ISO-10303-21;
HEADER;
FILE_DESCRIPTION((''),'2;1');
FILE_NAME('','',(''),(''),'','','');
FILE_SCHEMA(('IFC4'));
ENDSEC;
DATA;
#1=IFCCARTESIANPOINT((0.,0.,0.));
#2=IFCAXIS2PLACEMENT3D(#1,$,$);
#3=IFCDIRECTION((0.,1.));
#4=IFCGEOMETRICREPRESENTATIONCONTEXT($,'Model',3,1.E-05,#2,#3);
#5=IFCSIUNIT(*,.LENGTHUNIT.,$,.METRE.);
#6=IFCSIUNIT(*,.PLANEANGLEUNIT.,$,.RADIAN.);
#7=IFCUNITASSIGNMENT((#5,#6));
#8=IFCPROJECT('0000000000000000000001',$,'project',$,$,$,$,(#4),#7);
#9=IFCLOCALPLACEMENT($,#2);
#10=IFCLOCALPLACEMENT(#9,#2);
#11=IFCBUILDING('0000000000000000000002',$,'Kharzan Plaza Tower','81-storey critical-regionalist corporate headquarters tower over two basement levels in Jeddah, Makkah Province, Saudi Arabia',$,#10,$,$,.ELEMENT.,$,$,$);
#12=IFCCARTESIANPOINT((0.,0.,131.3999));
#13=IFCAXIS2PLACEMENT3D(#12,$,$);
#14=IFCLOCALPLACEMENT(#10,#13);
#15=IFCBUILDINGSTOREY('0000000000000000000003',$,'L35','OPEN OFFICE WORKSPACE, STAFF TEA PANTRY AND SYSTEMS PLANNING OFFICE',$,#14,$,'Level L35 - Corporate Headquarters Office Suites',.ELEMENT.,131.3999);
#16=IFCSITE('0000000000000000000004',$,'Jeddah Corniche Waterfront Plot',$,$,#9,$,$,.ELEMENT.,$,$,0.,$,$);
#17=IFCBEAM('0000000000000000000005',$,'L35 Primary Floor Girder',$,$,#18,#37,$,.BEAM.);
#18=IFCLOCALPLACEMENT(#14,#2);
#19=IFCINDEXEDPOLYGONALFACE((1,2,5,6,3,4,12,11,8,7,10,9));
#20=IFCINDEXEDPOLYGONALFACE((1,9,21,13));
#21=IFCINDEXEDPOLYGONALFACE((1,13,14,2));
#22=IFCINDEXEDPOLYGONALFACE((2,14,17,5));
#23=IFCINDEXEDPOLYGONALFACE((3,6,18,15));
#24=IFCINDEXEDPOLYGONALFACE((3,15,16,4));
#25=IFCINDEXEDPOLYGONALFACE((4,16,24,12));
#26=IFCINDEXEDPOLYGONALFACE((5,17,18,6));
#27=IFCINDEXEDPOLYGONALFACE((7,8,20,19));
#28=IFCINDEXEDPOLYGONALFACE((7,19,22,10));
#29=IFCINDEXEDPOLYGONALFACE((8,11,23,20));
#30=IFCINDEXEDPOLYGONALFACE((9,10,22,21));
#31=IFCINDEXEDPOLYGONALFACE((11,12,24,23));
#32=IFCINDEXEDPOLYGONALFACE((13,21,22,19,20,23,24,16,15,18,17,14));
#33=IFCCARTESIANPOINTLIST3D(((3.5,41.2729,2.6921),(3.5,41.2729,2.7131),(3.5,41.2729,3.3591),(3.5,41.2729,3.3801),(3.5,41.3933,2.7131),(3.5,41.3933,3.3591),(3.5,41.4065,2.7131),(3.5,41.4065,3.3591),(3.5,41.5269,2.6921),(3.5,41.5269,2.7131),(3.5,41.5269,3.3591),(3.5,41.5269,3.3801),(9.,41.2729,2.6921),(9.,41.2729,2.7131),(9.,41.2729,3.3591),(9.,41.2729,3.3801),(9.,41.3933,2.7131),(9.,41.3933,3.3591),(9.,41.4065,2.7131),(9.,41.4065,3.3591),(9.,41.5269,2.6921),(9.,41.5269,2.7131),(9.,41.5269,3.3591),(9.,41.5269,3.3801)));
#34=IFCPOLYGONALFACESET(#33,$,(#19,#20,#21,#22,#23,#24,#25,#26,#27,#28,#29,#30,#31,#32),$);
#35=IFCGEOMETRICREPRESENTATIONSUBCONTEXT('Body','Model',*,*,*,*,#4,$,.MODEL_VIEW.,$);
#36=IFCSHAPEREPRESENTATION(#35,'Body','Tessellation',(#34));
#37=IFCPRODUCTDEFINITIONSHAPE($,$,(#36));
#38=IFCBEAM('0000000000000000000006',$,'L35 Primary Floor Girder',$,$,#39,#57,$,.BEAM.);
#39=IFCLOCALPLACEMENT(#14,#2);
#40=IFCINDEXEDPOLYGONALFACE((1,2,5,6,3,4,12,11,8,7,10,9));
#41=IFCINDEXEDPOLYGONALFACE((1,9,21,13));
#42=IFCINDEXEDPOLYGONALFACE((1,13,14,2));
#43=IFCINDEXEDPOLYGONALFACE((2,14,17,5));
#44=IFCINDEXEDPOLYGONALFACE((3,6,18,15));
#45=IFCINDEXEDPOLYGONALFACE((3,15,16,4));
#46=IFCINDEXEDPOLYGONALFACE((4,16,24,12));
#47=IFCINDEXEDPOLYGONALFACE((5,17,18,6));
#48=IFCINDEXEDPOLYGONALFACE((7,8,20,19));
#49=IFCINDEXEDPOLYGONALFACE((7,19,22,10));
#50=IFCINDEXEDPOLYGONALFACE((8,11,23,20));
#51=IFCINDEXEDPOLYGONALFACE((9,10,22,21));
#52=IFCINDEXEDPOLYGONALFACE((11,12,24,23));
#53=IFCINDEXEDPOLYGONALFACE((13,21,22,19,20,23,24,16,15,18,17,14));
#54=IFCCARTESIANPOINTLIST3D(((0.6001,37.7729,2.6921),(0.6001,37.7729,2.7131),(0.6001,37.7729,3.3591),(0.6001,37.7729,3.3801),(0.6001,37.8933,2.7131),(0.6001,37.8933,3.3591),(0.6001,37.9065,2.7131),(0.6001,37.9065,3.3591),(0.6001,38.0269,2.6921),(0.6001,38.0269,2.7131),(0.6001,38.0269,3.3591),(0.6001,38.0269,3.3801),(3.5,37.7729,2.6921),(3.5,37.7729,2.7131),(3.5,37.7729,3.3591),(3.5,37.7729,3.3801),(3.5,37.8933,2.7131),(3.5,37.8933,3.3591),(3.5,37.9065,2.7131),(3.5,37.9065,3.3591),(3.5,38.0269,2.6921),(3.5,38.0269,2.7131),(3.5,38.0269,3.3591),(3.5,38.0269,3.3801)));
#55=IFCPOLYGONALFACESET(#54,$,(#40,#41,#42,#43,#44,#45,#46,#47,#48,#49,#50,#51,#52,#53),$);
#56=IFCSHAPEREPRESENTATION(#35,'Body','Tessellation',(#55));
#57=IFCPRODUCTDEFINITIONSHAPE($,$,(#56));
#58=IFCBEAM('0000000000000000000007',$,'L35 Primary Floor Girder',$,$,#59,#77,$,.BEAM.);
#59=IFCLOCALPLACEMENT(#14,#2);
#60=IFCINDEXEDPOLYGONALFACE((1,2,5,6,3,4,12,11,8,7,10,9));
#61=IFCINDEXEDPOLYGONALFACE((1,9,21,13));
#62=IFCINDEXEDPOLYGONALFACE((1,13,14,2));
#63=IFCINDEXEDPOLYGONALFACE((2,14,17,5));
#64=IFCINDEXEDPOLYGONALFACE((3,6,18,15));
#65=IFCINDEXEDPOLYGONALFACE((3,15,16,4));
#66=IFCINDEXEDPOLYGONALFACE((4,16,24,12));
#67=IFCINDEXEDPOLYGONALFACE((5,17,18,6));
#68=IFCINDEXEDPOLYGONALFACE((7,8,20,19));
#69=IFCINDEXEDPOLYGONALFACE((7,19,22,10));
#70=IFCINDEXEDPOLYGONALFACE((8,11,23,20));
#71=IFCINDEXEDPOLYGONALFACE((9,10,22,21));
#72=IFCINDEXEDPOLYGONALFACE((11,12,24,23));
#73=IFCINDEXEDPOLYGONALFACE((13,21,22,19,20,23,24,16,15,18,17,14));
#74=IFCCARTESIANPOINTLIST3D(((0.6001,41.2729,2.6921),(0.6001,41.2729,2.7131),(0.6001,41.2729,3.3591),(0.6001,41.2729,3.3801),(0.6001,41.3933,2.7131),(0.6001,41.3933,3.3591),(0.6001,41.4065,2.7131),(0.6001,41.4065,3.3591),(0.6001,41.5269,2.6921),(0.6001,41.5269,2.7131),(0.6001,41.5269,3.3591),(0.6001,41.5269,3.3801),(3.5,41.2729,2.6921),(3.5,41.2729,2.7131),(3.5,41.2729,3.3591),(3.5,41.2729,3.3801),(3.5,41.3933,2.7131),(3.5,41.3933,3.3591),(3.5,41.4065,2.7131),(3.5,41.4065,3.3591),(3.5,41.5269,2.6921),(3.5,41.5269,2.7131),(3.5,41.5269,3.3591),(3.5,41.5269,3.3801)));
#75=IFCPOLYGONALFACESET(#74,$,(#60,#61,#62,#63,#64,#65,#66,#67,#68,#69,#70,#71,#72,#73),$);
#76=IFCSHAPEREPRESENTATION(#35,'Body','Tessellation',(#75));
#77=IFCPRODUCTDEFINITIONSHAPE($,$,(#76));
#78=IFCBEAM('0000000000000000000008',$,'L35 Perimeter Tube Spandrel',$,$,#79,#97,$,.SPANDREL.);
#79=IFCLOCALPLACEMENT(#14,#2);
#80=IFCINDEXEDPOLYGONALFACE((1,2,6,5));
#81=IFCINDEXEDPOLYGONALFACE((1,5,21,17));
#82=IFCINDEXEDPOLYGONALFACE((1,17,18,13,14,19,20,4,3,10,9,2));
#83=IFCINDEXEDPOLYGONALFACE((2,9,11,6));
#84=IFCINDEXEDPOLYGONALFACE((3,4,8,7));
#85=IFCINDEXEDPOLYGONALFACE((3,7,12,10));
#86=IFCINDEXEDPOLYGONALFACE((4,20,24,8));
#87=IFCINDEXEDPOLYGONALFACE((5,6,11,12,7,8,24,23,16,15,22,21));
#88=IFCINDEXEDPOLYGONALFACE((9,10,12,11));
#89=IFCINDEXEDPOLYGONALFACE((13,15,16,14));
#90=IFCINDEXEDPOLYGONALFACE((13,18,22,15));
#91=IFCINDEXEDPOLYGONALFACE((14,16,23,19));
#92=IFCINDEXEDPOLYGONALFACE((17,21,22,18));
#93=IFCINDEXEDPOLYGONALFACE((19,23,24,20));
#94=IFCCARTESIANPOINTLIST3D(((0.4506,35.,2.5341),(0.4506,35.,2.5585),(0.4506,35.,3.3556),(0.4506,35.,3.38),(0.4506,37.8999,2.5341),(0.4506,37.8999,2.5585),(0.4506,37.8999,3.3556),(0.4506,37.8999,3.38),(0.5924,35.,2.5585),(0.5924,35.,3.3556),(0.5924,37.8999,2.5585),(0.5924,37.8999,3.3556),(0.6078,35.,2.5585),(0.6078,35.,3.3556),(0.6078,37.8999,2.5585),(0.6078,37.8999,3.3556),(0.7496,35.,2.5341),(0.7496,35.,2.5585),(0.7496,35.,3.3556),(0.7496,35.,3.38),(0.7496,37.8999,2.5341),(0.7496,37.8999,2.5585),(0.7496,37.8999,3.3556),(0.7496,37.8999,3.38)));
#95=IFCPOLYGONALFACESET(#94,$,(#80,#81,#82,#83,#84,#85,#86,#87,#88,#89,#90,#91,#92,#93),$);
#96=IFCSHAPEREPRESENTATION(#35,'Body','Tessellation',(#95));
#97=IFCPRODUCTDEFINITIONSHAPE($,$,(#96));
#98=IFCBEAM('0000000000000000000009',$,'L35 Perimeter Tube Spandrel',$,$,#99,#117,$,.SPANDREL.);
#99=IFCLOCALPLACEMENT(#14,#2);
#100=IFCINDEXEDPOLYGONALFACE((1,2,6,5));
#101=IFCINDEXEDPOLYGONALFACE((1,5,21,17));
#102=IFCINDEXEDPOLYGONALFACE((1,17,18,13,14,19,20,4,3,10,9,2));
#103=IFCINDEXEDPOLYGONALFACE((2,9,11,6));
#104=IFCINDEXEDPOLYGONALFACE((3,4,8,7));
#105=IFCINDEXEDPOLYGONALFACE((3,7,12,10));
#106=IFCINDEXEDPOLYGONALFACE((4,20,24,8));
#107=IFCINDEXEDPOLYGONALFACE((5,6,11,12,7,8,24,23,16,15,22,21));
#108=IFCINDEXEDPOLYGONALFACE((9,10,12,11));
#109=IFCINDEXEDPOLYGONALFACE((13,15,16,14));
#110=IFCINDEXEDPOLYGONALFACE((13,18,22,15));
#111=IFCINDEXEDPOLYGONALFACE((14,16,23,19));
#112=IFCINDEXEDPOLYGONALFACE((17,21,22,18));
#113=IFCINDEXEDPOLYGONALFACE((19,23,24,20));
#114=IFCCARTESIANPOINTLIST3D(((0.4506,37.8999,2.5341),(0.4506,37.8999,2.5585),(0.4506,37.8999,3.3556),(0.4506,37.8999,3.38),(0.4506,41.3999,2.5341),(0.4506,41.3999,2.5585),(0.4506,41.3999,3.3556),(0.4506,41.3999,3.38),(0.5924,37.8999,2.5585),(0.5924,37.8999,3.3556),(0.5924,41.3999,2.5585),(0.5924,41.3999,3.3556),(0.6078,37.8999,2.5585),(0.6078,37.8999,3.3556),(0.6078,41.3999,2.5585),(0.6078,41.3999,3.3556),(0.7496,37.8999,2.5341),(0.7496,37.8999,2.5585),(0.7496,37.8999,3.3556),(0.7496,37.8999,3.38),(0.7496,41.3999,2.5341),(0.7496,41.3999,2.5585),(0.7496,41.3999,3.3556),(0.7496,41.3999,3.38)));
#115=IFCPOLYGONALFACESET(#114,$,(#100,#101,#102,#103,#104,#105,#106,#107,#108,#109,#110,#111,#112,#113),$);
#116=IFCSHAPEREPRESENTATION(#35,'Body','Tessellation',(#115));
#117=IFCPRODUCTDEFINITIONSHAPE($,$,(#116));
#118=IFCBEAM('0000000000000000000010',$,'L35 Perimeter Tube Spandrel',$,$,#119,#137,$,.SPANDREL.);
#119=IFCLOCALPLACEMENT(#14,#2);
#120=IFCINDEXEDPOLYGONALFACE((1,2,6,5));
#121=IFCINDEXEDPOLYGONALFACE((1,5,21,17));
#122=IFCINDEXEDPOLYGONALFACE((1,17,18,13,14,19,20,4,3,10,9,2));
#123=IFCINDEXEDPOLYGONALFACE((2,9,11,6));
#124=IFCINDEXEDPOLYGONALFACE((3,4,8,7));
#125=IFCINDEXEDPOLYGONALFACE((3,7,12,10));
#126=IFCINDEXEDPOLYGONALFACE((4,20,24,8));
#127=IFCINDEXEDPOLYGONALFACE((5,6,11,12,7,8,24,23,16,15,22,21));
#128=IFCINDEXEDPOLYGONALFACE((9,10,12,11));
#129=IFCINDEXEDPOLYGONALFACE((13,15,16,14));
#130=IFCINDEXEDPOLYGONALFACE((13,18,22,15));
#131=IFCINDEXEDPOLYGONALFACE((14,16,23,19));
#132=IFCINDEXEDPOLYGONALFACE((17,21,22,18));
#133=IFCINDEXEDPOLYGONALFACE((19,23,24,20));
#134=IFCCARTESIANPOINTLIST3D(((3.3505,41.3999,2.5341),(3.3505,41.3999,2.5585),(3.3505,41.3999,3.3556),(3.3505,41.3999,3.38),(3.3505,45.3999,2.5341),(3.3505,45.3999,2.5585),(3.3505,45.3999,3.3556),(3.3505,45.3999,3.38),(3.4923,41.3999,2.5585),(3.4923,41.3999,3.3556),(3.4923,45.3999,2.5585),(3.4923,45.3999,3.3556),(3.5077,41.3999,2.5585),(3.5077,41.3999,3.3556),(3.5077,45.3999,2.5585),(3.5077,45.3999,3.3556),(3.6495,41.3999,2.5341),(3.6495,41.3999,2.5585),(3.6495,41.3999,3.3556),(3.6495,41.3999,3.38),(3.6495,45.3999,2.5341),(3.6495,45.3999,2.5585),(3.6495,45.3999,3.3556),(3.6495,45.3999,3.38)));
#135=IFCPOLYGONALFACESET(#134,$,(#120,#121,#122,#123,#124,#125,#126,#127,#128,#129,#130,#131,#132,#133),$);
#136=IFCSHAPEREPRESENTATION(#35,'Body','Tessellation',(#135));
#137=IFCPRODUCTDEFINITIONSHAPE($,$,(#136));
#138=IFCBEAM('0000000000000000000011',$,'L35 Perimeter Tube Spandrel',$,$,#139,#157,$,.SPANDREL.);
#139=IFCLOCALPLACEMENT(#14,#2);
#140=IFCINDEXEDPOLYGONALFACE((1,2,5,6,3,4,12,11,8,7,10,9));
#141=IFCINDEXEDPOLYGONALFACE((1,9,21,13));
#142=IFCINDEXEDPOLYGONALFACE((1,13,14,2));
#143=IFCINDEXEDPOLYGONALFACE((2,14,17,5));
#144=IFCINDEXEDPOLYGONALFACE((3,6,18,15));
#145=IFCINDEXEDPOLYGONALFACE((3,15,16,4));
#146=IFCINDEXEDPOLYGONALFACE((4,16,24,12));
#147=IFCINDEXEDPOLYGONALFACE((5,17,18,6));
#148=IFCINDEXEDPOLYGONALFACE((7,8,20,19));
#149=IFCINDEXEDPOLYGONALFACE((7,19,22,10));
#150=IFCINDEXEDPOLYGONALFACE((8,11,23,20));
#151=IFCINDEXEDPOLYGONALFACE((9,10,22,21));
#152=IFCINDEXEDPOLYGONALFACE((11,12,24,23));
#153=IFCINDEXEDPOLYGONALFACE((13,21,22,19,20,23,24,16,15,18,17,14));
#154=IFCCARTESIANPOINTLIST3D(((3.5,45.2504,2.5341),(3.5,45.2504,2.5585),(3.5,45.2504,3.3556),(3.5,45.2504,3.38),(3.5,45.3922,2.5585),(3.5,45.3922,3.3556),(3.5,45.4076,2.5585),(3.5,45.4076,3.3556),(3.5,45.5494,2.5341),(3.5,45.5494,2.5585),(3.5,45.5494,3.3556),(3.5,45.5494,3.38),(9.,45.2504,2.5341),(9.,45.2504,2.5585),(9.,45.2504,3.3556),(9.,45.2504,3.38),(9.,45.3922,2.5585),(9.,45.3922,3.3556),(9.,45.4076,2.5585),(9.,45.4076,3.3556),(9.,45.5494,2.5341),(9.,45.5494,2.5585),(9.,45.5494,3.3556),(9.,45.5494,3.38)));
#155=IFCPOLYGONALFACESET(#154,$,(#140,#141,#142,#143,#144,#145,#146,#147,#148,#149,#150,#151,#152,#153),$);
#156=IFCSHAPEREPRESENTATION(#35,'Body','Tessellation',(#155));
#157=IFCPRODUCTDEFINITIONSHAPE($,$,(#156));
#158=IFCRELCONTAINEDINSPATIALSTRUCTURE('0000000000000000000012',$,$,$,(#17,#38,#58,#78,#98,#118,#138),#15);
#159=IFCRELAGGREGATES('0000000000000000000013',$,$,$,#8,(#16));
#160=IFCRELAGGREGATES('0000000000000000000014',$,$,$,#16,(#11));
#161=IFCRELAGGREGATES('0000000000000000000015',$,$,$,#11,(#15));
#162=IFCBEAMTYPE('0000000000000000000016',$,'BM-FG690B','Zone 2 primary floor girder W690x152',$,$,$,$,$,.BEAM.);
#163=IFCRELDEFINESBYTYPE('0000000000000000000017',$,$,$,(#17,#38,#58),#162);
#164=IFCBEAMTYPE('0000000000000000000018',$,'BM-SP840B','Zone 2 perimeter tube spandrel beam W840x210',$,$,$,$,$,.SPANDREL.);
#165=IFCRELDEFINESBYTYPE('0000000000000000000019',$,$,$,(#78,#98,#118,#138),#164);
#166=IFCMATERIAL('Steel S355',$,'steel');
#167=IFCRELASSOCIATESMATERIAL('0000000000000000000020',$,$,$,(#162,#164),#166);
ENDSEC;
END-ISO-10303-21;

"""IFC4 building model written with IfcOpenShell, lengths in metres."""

from ifc_helpers import new_model, si_unit, direction, frame, origin, origin_2d, place, context, subcontext, project, spatial, i_section, extrude, source, transform, mapped, material, material_profile, profile_set, type_object, element, save


model = new_model("IFC4")

# Units and contexts
model_context = context("Model", 3, precision=1e-05, world=origin(), true_north=direction((0.0, 1.0)))
body_context = subcontext(model_context, "Body", "Model", "MODEL_VIEW")
ifc_project = project(units=[si_unit("LENGTHUNIT", "METRE"), si_unit("PLANEANGLEUNIT", "RADIAN")], contexts=[model_context])

# Site, building, storey
site_placement = place(None, origin())
site = spatial("IfcSite", under=ifc_project, at=site_placement, Name="Jeddah Corniche Waterfront Plot", CompositionType="ELEMENT", RefElevation=0.0)
building_placement = place(site_placement, origin())
building = spatial("IfcBuilding", under=site, at=building_placement, Name="Kharzan Plaza Tower", Description="81-storey critical-regionalist corporate headquarters tower over two basement levels in Jeddah, Makkah Province, Saudi Arabia", CompositionType="ELEMENT")
storey_placement = place(building_placement, frame((0.0, 0.0, 131.3999)))
storey = spatial("IfcBuildingStorey", under=building, at=storey_placement, Name="L35", Description="OPEN OFFICE WORKSPACE, STAFF TEA PANTRY AND SYSTEMS PLANNING OFFICE", LongName="Level L35 - Corporate Headquarters Office Suites", CompositionType="ELEMENT", Elevation=131.3999)

# Beams
ifc_material_1 = material(Name="Steel S355", Category="steel")
ifc_material_profile_1 = material_profile(ifc_material_1, i_section(OverallWidth=0.2539, OverallDepth=0.688, WebThickness=0.0132, FlangeThickness=0.021, at=origin_2d()), Name="W690x152")
ifc_profile_set_1 = profile_set([ifc_material_profile_1], Name="Steel S355")
beam_type_1 = type_object("IfcBeamType", Name="BM-FG690B", Description="Zone 2 primary floor girder W690x152", PredefinedType="BEAM", material=ifc_profile_set_1)
shared_shape_1 = source(origin(), body_context, "Body", "SweptSolid", [
    extrude(i_section(OverallWidth=0.2539, OverallDepth=0.688, WebThickness=0.0132, FlangeThickness=0.021, at=origin_2d()), origin(), (0.0, 0.0, 1.0), 5.5),
])
for number, where, z_axis, x_axis, name in (
    (1, (3.5, 41.3999, 3.0361), (1.0, 0.0, 0.0), (0.0, 1.0, 0.0), "L35 Primary Floor Girder"),
):
    element("IfcBeam", number, at=place(storey_placement, frame(where, z_axis=z_axis, x_axis=x_axis)), inside=storey, type_object=beam_type_1, Name=name, PredefinedType="BEAM", context=body_context, shape_type="MappedRepresentation", body=[
        mapped(shared_shape_1, transform((0.0, 0.0, 0.0), x_axis=(1.0, 0.0, 0.0), y_axis=(0.0, 1.0, 0.0), z_axis=(0.0, 0.0, 1.0))),
    ])
shared_shape_2 = source(origin(), body_context, "Body", "SweptSolid", [
    extrude(i_section(OverallWidth=0.2539, OverallDepth=0.688, WebThickness=0.0132, FlangeThickness=0.021, at=origin_2d()), origin(), (0.0, 0.0, 1.0), 2.8999),
])
for number, where, z_axis, x_axis, name in (
    (2, (0.6001, 37.8999, 3.0361), (1.0, 0.0, 0.0), (0.0, 1.0, 0.0), "L35 Primary Floor Girder"),
    (3, (0.6001, 41.3999, 3.0361), (1.0, 0.0, 0.0), (0.0, 1.0, 0.0), "L35 Primary Floor Girder"),
):
    element("IfcBeam", number, at=place(storey_placement, frame(where, z_axis=z_axis, x_axis=x_axis)), inside=storey, type_object=beam_type_1, Name=name, PredefinedType="BEAM", context=body_context, shape_type="MappedRepresentation", body=[
        mapped(shared_shape_2, transform((0.0, 0.0, 0.0), x_axis=(1.0, 0.0, 0.0), y_axis=(0.0, 1.0, 0.0), z_axis=(0.0, 0.0, 1.0))),
    ])
ifc_material_profile_2 = material_profile(ifc_material_1, i_section(OverallWidth=0.2991, OverallDepth=0.8459, WebThickness=0.0154, FlangeThickness=0.0244, at=origin_2d()), Name="W840x210")
ifc_profile_set_2 = profile_set([ifc_material_profile_2], Name="Steel S355")
beam_type_2 = type_object("IfcBeamType", Name="BM-SP840B", Description="Zone 2 perimeter tube spandrel beam W840x210", PredefinedType="SPANDREL", material=ifc_profile_set_2)
shared_shape_3 = source(origin(), body_context, "Body", "SweptSolid", [
    extrude(i_section(OverallWidth=0.2991, OverallDepth=0.8459, WebThickness=0.0154, FlangeThickness=0.0244, at=origin_2d()), origin(), (0.0, 0.0, 1.0), 2.8999),
])
beam_1_placement = place(storey_placement, frame((0.6001, 35.0, 2.957), z_axis=(0.0, 1.0, 0.0), x_axis=(-1.0, 0.0, 0.0)))
element("IfcBeam", 4, at=beam_1_placement, inside=storey, type_object=beam_type_2, Name="L35 Perimeter Tube Spandrel", PredefinedType="SPANDREL", context=body_context, shape_type="MappedRepresentation", body=[
    mapped(shared_shape_3, transform((0.0, 0.0, 0.0), x_axis=(1.0, 0.0, 0.0), y_axis=(0.0, 1.0, 0.0), z_axis=(0.0, 0.0, 1.0))),
])
shared_shape_4 = source(origin(), body_context, "Body", "SweptSolid", [
    extrude(i_section(OverallWidth=0.2991, OverallDepth=0.8459, WebThickness=0.0154, FlangeThickness=0.0244, at=origin_2d()), origin(), (0.0, 0.0, 1.0), 3.5),
])
beam_2_placement = place(storey_placement, frame((0.6001, 37.8999, 2.957), z_axis=(0.0, 1.0, 0.0), x_axis=(-1.0, 0.0, 0.0)))
element("IfcBeam", 5, at=beam_2_placement, inside=storey, type_object=beam_type_2, Name="L35 Perimeter Tube Spandrel", PredefinedType="SPANDREL", context=body_context, shape_type="MappedRepresentation", body=[
    mapped(shared_shape_4, transform((0.0, 0.0, 0.0), x_axis=(1.0, 0.0, 0.0), y_axis=(0.0, 1.0, 0.0), z_axis=(0.0, 0.0, 1.0))),
])
shared_shape_5 = source(origin(), body_context, "Body", "SweptSolid", [
    extrude(i_section(OverallWidth=0.2991, OverallDepth=0.8459, WebThickness=0.0154, FlangeThickness=0.0244, at=origin_2d()), origin(), (0.0, 0.0, 1.0), 4.0),
])
beam_3_placement = place(storey_placement, frame((3.5, 41.3999, 2.957), z_axis=(0.0, 1.0, 0.0), x_axis=(-1.0, 0.0, 0.0)))
element("IfcBeam", 6, at=beam_3_placement, inside=storey, type_object=beam_type_2, Name="L35 Perimeter Tube Spandrel", PredefinedType="SPANDREL", context=body_context, shape_type="MappedRepresentation", body=[
    mapped(shared_shape_5, transform((0.0, 0.0, 0.0), x_axis=(1.0, 0.0, 0.0), y_axis=(0.0, 1.0, 0.0), z_axis=(0.0, 0.0, 1.0))),
])
shared_shape_6 = source(origin(), body_context, "Body", "SweptSolid", [
    extrude(i_section(OverallWidth=0.2991, OverallDepth=0.8459, WebThickness=0.0154, FlangeThickness=0.0244, at=origin_2d()), origin(), (0.0, 0.0, 1.0), 5.5),
])
beam_4_placement = place(storey_placement, frame((3.5, 45.3999, 2.957), z_axis=(1.0, 0.0, 0.0), x_axis=(0.0, 1.0, 0.0)))
element("IfcBeam", 7, at=beam_4_placement, inside=storey, type_object=beam_type_2, Name="L35 Perimeter Tube Spandrel", PredefinedType="SPANDREL", context=body_context, shape_type="MappedRepresentation", body=[
    mapped(shared_shape_6, transform((0.0, 0.0, 0.0), x_axis=(1.0, 0.0, 0.0), y_axis=(0.0, 1.0, 0.0), z_axis=(0.0, 0.0, 1.0))),
])

save(model, "model.ifc")
